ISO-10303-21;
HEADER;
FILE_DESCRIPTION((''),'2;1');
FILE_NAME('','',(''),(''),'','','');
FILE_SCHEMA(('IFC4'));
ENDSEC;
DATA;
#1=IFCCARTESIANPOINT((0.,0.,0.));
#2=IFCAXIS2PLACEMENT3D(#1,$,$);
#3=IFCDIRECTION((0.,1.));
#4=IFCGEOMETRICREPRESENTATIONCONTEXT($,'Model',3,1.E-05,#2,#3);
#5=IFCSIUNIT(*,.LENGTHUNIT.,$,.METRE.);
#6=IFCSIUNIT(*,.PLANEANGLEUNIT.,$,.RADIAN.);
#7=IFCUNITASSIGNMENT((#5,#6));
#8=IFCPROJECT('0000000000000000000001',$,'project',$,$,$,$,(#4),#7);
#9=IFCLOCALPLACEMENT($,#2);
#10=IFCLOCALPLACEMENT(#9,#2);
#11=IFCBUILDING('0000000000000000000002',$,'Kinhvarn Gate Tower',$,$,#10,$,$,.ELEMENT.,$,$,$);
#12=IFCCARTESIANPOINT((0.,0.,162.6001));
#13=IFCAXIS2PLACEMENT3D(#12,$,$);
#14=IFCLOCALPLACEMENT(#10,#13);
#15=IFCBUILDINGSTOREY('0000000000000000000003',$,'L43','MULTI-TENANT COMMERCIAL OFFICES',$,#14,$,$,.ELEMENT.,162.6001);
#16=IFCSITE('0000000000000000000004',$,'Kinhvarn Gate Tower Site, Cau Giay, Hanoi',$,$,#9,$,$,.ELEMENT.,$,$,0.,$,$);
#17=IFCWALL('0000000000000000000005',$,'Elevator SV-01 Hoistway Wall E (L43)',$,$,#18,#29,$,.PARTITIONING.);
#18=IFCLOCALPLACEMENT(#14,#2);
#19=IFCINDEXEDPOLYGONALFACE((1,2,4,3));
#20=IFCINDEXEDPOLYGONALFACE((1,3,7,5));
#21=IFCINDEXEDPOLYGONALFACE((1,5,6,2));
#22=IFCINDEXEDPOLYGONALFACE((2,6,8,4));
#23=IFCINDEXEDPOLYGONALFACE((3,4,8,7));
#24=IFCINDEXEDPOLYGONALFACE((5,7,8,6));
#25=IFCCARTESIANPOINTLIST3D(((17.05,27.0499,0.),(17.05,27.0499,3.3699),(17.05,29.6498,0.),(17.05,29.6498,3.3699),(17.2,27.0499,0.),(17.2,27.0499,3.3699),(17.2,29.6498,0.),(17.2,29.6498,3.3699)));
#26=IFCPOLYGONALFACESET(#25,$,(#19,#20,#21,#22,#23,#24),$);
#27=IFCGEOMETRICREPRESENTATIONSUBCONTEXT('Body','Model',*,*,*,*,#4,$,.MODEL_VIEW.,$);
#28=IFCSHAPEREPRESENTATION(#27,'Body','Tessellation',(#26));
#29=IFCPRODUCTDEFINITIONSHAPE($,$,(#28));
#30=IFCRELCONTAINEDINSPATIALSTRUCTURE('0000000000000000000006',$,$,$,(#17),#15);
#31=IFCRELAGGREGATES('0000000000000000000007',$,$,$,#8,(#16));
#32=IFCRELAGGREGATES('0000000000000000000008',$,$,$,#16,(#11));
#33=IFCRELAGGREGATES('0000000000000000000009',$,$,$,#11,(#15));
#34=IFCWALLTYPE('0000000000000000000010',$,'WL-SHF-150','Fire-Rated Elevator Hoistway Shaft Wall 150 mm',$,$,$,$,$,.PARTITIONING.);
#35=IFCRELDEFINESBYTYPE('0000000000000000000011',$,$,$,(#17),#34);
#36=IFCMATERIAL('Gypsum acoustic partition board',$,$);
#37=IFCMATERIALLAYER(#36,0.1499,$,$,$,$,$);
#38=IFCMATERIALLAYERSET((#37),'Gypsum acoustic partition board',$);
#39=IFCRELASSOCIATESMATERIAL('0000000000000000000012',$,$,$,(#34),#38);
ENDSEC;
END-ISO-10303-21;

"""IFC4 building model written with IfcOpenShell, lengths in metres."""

from ifc_helpers import new_model, si_unit, direction, frame, frame_2d, origin, place, context, subcontext, project, spatial, rectangle, extrude, material, layer, layer_set, type_object, element, save


model = new_model("IFC4")

# Units and contexts
model_context = context("Model", 3, precision=1e-05, world=origin(), true_north=direction((0.0, 1.0)))
body_context = subcontext(model_context, "Body", "Model", "MODEL_VIEW")
ifc_project = project(units=[si_unit("LENGTHUNIT", "METRE"), si_unit("PLANEANGLEUNIT", "RADIAN")], contexts=[model_context])

# Site, building, storey
site_placement = place(None, origin())
site = spatial("IfcSite", under=ifc_project, at=site_placement, Name="Kinhvarn Gate Tower Site, Cau Giay, Hanoi", CompositionType="ELEMENT", RefElevation=0.0)
building_placement = place(site_placement, origin())
building = spatial("IfcBuilding", under=site, at=building_placement, Name="Kinhvarn Gate Tower", CompositionType="ELEMENT")
storey_placement = place(building_placement, frame((0.0, 0.0, 162.6001)))
storey = spatial("IfcBuildingStorey", under=building, at=storey_placement, Name="L43", Description="MULTI-TENANT COMMERCIAL OFFICES", CompositionType="ELEMENT", Elevation=162.6001)

# Shared definitions
ifc_material_1 = material(Name="Gypsum acoustic partition board")

# Shared definitions
ifc_layer_1 = layer(ifc_material_1, 0.1499)
ifc_layer_set_1 = layer_set([ifc_layer_1], Name="Gypsum acoustic partition board")
wall_type_1 = type_object("IfcWallType", Name="WL-SHF-150", Description="Fire-Rated Elevator Hoistway Shaft Wall 150 mm", PredefinedType="PARTITIONING", material=ifc_layer_set_1)

# Wall
wall_1_placement = place(storey_placement, frame((17.125, 27.05, 0.0), z_axis=(0.0, 0.0, 1.0), x_axis=(0.0, 1.0, 0.0)))
element("IfcWall", 1, at=wall_1_placement, inside=storey, type_object=wall_type_1, Name="Elevator SV-01 Hoistway Wall E (L43)", PredefinedType="PARTITIONING", context=body_context, shape_type="SweptSolid", body=[
    extrude(rectangle(XDim=2.5999, YDim=0.1499, at=frame_2d((1.2998, 0.0))), origin(), (0.0, 0.0, 1.0), 3.3699),
])

save(model, "model.ifc")
